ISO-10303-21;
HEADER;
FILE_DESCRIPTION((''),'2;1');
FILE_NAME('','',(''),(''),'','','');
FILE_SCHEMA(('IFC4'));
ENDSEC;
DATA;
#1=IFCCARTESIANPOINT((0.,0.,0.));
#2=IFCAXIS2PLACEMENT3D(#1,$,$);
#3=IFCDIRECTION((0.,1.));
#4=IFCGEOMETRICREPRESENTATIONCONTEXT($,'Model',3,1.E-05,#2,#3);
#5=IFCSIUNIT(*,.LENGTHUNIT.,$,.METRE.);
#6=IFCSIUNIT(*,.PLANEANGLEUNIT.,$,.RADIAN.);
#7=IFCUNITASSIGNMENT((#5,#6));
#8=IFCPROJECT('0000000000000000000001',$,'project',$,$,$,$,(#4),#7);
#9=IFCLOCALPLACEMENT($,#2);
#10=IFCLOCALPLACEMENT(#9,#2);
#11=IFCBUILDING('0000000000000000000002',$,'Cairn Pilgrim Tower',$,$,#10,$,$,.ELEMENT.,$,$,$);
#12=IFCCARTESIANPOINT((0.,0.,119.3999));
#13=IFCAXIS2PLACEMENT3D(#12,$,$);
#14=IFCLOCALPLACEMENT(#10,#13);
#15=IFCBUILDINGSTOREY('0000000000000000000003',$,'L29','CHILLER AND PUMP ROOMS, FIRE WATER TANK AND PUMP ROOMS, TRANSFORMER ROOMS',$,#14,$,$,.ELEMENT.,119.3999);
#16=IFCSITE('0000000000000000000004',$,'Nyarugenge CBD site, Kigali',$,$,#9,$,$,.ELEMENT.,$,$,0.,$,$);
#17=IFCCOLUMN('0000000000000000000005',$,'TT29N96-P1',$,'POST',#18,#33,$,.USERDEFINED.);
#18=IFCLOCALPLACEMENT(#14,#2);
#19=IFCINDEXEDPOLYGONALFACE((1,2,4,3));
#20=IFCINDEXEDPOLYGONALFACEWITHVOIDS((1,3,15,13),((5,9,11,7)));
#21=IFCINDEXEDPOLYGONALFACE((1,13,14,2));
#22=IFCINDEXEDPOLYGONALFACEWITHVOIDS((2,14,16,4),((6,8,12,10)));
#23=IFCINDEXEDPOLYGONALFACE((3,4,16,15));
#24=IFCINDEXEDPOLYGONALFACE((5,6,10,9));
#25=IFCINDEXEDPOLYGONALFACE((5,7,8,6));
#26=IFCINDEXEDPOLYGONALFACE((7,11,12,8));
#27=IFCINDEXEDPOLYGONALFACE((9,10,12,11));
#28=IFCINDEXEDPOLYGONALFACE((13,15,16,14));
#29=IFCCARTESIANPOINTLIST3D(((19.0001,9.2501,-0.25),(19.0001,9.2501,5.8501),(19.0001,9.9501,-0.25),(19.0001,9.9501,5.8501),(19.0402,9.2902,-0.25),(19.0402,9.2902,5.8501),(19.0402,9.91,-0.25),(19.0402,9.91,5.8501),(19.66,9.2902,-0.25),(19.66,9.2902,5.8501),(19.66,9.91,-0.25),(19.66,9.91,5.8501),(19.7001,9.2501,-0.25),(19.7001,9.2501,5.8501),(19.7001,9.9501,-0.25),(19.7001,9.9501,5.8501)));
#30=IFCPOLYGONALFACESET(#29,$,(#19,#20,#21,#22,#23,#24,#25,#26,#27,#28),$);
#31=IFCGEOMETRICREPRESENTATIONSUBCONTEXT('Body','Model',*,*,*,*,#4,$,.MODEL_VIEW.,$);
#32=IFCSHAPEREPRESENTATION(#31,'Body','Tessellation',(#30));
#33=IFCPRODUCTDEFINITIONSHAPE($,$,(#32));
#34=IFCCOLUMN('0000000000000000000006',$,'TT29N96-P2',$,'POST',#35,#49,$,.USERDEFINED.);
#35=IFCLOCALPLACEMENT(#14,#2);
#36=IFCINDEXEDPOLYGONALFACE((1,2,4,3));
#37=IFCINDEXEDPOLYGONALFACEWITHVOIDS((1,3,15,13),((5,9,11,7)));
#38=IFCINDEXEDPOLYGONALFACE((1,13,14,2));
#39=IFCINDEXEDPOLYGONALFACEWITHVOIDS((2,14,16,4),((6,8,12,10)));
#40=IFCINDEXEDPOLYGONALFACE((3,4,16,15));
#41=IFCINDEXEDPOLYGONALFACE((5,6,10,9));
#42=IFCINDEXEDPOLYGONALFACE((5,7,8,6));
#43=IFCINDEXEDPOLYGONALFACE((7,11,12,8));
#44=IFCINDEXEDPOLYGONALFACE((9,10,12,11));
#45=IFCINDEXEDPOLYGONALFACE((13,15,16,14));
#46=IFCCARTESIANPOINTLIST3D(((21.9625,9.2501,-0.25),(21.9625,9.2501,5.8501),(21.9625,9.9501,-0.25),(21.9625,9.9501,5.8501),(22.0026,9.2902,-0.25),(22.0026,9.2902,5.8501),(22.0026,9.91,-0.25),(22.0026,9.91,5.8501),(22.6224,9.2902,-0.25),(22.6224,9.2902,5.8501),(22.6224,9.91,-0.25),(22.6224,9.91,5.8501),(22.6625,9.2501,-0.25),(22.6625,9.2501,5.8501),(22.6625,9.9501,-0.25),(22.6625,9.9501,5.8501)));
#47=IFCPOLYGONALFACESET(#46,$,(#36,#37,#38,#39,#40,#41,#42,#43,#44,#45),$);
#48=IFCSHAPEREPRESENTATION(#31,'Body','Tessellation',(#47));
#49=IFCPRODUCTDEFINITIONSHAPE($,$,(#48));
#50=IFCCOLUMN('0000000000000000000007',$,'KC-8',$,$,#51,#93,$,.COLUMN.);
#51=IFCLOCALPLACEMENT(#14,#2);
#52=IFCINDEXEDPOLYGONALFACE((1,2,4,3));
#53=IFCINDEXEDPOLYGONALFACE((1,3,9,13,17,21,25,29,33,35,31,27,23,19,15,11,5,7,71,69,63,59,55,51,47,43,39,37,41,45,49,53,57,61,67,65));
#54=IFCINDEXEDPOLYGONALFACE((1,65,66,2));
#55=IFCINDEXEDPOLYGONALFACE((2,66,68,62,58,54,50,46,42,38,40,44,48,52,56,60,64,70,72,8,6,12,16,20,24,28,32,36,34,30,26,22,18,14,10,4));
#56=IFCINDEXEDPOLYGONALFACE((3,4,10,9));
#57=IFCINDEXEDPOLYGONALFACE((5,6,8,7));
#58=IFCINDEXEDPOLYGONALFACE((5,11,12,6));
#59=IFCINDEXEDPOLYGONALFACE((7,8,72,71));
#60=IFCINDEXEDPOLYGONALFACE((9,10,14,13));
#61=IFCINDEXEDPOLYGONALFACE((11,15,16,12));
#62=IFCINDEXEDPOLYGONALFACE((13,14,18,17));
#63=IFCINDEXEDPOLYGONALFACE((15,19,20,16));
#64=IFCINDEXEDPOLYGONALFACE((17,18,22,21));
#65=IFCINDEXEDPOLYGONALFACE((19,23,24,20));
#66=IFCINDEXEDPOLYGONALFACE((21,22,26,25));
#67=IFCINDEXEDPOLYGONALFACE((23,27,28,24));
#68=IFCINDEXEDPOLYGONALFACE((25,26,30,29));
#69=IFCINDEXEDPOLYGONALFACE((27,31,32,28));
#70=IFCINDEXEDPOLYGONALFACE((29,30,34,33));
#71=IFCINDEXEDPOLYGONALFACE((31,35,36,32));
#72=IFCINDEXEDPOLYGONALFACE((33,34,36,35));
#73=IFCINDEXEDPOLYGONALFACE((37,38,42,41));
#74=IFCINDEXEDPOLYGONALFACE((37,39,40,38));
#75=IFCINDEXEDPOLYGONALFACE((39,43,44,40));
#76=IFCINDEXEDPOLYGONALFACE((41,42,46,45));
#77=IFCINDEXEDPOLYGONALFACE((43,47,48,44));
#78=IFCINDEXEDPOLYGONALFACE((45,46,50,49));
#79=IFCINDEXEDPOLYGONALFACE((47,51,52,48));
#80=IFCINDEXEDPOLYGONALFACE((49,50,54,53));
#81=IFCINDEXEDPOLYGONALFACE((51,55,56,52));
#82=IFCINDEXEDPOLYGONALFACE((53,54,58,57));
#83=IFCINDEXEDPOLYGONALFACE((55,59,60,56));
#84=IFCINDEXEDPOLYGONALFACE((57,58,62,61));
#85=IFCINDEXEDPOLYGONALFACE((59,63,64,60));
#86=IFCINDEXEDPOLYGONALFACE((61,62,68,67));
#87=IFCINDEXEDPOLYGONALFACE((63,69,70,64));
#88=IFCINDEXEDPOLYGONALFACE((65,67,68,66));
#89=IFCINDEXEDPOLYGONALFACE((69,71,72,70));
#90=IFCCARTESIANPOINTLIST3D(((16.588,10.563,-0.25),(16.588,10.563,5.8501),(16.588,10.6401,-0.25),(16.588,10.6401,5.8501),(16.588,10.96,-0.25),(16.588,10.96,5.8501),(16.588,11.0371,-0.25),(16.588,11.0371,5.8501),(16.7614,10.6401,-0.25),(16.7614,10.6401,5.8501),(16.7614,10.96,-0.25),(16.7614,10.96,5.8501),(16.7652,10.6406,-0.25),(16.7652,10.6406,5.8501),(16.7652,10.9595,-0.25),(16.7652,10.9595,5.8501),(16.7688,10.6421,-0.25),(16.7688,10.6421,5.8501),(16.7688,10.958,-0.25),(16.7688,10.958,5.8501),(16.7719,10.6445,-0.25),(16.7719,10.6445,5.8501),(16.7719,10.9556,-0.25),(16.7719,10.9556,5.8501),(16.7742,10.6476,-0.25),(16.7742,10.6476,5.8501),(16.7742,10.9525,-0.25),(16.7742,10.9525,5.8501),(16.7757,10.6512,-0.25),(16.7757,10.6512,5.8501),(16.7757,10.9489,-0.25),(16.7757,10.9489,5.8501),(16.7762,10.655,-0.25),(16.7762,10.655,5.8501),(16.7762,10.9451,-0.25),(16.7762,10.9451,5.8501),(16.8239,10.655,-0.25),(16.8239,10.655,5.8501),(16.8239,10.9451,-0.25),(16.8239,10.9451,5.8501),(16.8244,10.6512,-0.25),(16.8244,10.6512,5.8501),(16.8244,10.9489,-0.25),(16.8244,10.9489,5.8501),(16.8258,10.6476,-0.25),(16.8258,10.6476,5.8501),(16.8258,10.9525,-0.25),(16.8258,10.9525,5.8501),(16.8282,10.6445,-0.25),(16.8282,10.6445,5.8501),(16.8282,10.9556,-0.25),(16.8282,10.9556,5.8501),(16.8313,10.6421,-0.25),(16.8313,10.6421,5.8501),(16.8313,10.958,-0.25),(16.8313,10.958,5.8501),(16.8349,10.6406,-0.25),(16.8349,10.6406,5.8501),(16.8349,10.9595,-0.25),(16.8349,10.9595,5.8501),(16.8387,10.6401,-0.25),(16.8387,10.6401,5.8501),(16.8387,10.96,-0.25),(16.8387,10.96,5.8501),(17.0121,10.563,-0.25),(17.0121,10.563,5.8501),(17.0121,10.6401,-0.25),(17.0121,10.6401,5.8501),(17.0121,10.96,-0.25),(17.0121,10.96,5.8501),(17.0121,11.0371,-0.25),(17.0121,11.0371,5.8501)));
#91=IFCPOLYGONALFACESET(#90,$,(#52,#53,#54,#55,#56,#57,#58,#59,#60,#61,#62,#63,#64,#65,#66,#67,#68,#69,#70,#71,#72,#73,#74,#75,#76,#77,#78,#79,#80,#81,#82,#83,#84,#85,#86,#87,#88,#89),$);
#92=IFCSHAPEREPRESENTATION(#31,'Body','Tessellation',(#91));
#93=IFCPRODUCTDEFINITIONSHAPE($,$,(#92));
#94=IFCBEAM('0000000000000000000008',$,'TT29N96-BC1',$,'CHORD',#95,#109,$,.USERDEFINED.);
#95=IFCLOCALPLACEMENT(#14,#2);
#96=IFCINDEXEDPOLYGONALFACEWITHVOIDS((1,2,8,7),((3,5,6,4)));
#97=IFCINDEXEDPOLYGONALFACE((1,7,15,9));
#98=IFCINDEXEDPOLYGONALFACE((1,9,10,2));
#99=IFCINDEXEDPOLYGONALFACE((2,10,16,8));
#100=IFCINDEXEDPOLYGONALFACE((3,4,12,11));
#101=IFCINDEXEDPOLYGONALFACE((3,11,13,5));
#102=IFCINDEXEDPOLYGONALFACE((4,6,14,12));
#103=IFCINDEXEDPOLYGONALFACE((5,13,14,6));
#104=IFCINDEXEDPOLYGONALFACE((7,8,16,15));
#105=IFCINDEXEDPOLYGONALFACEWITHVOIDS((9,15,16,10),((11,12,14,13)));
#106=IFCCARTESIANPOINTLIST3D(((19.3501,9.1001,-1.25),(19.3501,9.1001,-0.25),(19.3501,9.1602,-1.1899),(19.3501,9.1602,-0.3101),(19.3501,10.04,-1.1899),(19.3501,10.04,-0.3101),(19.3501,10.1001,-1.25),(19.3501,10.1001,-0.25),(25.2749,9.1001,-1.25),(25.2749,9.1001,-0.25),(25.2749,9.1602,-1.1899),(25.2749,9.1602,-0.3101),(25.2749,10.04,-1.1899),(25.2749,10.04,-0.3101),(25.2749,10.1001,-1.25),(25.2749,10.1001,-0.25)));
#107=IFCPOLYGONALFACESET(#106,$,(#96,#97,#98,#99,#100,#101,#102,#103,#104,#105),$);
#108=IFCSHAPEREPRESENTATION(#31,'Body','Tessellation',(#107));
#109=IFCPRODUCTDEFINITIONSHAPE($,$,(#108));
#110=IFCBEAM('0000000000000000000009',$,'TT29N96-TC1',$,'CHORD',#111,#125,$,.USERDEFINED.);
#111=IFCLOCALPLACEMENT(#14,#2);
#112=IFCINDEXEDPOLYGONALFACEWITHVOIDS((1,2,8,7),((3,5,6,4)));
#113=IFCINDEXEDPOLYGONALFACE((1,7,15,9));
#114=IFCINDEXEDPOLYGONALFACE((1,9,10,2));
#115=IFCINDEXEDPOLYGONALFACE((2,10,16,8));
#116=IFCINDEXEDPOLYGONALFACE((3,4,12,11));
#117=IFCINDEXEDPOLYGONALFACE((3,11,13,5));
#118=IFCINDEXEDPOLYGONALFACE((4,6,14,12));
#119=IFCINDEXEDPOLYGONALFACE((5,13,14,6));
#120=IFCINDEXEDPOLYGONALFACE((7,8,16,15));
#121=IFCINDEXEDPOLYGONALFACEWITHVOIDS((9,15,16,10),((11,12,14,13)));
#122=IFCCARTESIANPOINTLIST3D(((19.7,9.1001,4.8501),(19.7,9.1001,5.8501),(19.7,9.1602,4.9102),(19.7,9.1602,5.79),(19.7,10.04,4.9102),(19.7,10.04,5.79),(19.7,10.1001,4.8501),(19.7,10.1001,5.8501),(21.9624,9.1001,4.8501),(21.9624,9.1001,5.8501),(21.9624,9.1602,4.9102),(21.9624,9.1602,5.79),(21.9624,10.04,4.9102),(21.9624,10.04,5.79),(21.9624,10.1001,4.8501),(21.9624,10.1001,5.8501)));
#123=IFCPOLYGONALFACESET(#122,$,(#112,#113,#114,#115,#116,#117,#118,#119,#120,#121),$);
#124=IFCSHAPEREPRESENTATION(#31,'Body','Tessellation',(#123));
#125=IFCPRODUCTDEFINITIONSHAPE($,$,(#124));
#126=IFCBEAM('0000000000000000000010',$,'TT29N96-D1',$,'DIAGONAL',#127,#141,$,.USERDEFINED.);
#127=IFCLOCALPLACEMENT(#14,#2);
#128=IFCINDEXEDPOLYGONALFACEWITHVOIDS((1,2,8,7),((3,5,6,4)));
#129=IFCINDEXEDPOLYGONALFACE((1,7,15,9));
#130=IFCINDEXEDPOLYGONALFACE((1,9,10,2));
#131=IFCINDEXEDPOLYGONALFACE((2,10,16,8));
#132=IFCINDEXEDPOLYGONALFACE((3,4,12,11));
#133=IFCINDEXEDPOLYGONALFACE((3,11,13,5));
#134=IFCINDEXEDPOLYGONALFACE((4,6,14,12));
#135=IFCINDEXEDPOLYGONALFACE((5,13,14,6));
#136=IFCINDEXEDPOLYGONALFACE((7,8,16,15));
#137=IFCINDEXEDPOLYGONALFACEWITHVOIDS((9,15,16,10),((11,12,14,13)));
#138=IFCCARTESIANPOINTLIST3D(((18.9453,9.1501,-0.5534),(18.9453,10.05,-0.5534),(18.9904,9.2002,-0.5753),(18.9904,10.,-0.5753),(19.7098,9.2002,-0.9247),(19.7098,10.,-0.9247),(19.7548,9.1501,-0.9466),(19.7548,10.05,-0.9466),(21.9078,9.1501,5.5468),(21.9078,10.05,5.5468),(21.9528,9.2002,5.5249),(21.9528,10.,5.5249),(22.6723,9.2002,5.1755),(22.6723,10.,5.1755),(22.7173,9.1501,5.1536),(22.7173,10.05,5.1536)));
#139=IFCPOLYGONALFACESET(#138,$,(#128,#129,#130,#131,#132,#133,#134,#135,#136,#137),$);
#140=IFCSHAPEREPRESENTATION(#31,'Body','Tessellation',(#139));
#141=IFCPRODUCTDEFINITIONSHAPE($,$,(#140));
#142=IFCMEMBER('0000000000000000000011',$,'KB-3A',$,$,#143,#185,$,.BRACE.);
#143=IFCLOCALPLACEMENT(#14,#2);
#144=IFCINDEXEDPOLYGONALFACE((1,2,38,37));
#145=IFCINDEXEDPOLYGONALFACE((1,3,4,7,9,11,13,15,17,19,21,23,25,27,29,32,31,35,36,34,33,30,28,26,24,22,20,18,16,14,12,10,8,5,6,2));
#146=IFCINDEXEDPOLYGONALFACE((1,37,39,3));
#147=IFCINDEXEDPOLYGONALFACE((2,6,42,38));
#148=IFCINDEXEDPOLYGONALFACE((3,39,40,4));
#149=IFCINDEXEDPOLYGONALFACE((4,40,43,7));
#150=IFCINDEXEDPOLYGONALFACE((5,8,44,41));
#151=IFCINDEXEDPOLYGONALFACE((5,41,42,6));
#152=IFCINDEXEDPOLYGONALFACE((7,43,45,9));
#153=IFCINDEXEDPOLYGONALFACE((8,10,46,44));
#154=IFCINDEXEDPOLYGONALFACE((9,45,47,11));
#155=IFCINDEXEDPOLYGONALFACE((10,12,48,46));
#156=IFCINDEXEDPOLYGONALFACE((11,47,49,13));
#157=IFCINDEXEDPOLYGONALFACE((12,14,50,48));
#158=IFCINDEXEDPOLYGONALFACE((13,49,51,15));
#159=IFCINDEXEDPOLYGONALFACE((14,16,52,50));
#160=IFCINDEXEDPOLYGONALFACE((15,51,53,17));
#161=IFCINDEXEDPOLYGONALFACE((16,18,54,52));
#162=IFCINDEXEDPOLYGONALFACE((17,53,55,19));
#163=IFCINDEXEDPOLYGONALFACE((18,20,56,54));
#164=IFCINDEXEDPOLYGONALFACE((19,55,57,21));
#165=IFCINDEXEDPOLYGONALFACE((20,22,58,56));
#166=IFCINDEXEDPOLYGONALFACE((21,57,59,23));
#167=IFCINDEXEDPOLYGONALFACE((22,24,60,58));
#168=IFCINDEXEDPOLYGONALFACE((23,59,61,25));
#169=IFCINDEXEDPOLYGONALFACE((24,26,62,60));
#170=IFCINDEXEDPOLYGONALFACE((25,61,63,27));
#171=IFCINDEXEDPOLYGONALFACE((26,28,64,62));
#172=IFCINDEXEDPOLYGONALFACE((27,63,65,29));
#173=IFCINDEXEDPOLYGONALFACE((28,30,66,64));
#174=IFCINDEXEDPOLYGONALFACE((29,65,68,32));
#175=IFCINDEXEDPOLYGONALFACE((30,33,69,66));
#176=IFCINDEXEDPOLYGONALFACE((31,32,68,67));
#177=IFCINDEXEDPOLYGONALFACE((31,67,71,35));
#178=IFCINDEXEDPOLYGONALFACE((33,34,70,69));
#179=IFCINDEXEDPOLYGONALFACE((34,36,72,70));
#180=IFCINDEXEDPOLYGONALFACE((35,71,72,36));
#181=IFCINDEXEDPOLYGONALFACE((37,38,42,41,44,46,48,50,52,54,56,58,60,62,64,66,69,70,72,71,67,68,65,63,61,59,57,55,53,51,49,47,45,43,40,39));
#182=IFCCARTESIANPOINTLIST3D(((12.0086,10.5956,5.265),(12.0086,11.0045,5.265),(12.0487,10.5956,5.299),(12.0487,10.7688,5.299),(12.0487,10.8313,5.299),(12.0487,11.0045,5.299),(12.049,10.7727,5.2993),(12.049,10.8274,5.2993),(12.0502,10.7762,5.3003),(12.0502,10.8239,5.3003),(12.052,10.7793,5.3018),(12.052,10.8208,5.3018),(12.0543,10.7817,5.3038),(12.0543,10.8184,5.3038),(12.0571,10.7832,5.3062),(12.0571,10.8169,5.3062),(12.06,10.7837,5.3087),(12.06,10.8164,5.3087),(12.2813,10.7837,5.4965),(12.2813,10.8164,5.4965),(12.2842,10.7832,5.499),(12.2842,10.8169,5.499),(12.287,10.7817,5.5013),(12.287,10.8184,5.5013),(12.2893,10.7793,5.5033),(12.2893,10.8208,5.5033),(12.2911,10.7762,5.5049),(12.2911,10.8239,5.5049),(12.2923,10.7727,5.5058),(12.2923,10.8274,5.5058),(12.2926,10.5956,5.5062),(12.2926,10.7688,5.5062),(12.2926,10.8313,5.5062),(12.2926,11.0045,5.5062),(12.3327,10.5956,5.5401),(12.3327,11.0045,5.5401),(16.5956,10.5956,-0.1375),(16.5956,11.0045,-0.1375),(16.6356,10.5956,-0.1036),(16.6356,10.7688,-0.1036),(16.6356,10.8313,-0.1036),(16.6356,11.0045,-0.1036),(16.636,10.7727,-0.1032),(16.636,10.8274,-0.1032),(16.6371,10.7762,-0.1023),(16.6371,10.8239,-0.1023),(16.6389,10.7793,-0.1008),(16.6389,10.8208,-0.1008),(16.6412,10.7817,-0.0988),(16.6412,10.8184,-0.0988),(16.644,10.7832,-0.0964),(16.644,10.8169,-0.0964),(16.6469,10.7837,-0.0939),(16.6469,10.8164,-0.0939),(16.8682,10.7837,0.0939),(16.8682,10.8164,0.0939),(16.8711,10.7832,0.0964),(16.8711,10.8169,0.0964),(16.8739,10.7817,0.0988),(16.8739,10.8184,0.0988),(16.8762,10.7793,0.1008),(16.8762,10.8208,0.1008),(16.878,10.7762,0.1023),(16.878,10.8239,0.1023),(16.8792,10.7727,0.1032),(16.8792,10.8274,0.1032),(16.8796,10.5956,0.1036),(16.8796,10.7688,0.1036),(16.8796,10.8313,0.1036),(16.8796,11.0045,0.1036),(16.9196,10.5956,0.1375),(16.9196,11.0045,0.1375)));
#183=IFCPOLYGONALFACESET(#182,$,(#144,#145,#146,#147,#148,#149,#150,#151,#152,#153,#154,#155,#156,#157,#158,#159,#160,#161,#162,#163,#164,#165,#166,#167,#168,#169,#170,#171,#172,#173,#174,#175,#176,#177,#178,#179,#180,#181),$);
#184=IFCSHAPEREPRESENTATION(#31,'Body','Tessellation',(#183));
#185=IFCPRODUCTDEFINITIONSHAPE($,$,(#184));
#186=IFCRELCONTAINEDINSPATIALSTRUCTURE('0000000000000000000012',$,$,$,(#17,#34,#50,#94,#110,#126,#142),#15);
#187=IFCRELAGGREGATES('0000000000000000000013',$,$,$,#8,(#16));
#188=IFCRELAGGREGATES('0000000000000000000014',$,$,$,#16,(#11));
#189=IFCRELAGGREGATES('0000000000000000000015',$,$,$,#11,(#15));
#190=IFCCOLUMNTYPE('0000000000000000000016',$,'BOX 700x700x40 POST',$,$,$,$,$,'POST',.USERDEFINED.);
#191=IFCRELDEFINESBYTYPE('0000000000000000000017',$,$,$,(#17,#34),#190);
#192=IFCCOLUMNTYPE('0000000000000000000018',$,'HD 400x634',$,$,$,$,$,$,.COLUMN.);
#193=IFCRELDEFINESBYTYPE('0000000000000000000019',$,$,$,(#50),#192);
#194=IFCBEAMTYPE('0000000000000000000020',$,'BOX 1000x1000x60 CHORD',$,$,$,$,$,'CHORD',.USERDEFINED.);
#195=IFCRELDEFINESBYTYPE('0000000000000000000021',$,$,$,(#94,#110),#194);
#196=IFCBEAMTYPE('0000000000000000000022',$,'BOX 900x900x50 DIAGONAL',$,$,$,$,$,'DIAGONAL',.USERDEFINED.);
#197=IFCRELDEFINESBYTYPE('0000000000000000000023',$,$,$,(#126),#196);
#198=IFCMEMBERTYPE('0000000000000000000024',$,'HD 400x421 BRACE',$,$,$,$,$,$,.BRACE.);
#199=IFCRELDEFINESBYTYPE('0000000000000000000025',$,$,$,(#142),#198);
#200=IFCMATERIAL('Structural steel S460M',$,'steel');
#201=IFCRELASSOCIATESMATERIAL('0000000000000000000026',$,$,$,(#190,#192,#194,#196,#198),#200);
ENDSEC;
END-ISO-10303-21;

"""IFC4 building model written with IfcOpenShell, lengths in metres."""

from ifc_helpers import new_model, si_unit, direction, frame, origin, origin_2d, place, context, subcontext, project, spatial, hollow_rectangle, i_section, extrude, material, material_profile, profile_set, type_object, element, save


model = new_model("IFC4")

# Units and contexts
model_context = context("Model", 3, precision=1e-05, world=origin(), true_north=direction((0.0, 1.0)))
body_context = subcontext(model_context, "Body", "Model", "MODEL_VIEW")
ifc_project = project(units=[si_unit("LENGTHUNIT", "METRE"), si_unit("PLANEANGLEUNIT", "RADIAN")], contexts=[model_context])

# Site, building, storey
site_placement = place(None, origin())
site = spatial("IfcSite", under=ifc_project, at=site_placement, Name="Nyarugenge CBD site, Kigali", CompositionType="ELEMENT", RefElevation=0.0)
building_placement = place(site_placement, origin())
building = spatial("IfcBuilding", under=site, at=building_placement, Name="Cairn Pilgrim Tower", CompositionType="ELEMENT")
storey_placement = place(building_placement, frame((0.0, 0.0, 119.3999)))
storey = spatial("IfcBuildingStorey", under=building, at=storey_placement, Name="L29", Description="CHILLER AND PUMP ROOMS, FIRE WATER TANK AND PUMP ROOMS, TRANSFORMER ROOMS", CompositionType="ELEMENT", Elevation=119.3999)

# Columns
ifc_material_1 = material(Name="Structural steel S460M", Category="steel")
ifc_material_profile_1 = material_profile(ifc_material_1, hollow_rectangle(XDim=0.7, YDim=0.7, WallThickness=0.04, at=origin_2d()), Name="BOX 700x700x40")
ifc_profile_set_1 = profile_set([ifc_material_profile_1], Name="Structural steel S460M")
column_type_1 = type_object("IfcColumnType", Name="BOX 700x700x40 POST", ElementType="POST", PredefinedType="USERDEFINED", material=ifc_profile_set_1)
for number, where, z_axis, x_axis, name in (
    (1, (19.3501, 9.6001, -0.25), (0.0, 0.0, 1.0), (1.0, 0.0, 0.0), "TT29N96-P1"),
    (2, (22.3125, 9.6001, -0.25), (0.0, 0.0, 1.0), (1.0, 0.0, 0.0), "TT29N96-P2"),
):
    element("IfcColumn", number, at=place(storey_placement, frame(where, z_axis=z_axis, x_axis=x_axis)), inside=storey, type_object=column_type_1, Name=name, ObjectType="POST", PredefinedType="USERDEFINED", context=body_context, shape_type="SweptSolid", body=[
        extrude(hollow_rectangle(XDim=0.7, YDim=0.7, WallThickness=0.04, at=origin_2d()), origin(), (0.0, 0.0, 1.0), 6.1001),
    ])
ifc_material_profile_2 = material_profile(ifc_material_1, i_section(OverallWidth=0.4241, OverallDepth=0.4741, WebThickness=0.0476, FlangeThickness=0.0771, FilletRadius=0.0149, at=origin_2d()), Name="HD 400x634")
ifc_profile_set_2 = profile_set([ifc_material_profile_2], Name="Structural steel S460M")
column_type_2 = type_object("IfcColumnType", Name="HD 400x634", PredefinedType="COLUMN", material=ifc_profile_set_2)
column_placement = place(storey_placement, frame((16.8, 10.8, -0.25), z_axis=(0.0, 0.0, 1.0), x_axis=(1.0, 0.0, 0.0)))
element("IfcColumn", 3, at=column_placement, inside=storey, type_object=column_type_2, Name="KC-8", PredefinedType="COLUMN", context=body_context, shape_type="SweptSolid", body=[
    extrude(i_section(OverallWidth=0.4241, OverallDepth=0.4741, WebThickness=0.0476, FlangeThickness=0.0771, FilletRadius=0.0149, at=origin_2d()), origin(), (0.0, 0.0, 1.0), 6.1001),
])

# Beams
ifc_material_profile_3 = material_profile(ifc_material_1, hollow_rectangle(XDim=1.0, YDim=1.0, WallThickness=0.0601, at=origin_2d()), Name="BOX 1000x1000x60")
ifc_profile_set_3 = profile_set([ifc_material_profile_3], Name="Structural steel S460M")
beam_type_1 = type_object("IfcBeamType", Name="BOX 1000x1000x60 CHORD", ElementType="CHORD", PredefinedType="USERDEFINED", material=ifc_profile_set_3)
beam_1_placement = place(storey_placement, frame((19.3501, 9.6001, -0.75), z_axis=(1.0, 0.0, 0.0), x_axis=(0.0, 1.0, 0.0)))
element("IfcBeam", 4, at=beam_1_placement, inside=storey, type_object=beam_type_1, Name="TT29N96-BC1", ObjectType="CHORD", PredefinedType="USERDEFINED", context=body_context, shape_type="SweptSolid", body=[
    extrude(hollow_rectangle(XDim=1.0, YDim=1.0, WallThickness=0.0601, at=origin_2d()), origin(), (0.0, 0.0, 1.0), 5.9248),
])
beam_2_placement = place(storey_placement, frame((19.7, 9.6001, 5.3501), z_axis=(1.0, 0.0, 0.0), x_axis=(0.0, 1.0, 0.0)))
element("IfcBeam", 5, at=beam_2_placement, inside=storey, type_object=beam_type_1, Name="TT29N96-TC1", ObjectType="CHORD", PredefinedType="USERDEFINED", context=body_context, shape_type="SweptSolid", body=[
    extrude(hollow_rectangle(XDim=1.0, YDim=1.0, WallThickness=0.0601, at=origin_2d()), origin(), (0.0, 0.0, 1.0), 2.2625),
])
ifc_material_profile_4 = material_profile(ifc_material_1, hollow_rectangle(XDim=0.8999, YDim=0.8999, WallThickness=0.05, at=origin_2d()), Name="BOX 900x900x50")
ifc_profile_set_4 = profile_set([ifc_material_profile_4], Name="Structural steel S460M")
beam_type_2 = type_object("IfcBeamType", Name="BOX 900x900x50 DIAGONAL", ElementType="DIAGONAL", PredefinedType="USERDEFINED", material=ifc_profile_set_4)
beam_3_placement = place(storey_placement, frame((19.3501, 9.6001, -0.75), z_axis=(0.436844, 0.0, 0.899537), x_axis=(0.0, 1.0, 0.0)))
element("IfcBeam", 6, at=beam_3_placement, inside=storey, type_object=beam_type_2, Name="TT29N96-D1", ObjectType="DIAGONAL", PredefinedType="USERDEFINED", context=body_context, shape_type="SweptSolid", body=[
    extrude(hollow_rectangle(XDim=0.8999, YDim=0.8999, WallThickness=0.05, at=origin_2d()), origin(), (0.0, 0.0, 1.0), 6.7815),
])

# Member
ifc_material_profile_5 = material_profile(ifc_material_1, i_section(OverallWidth=0.4089, OverallDepth=0.425, WebThickness=0.0327, FlangeThickness=0.0525, FilletRadius=0.0149, at=origin_2d()), Name="HD 400x421")
ifc_profile_set_5 = profile_set([ifc_material_profile_5], Name="Structural steel S460M")
member_type = type_object("IfcMemberType", Name="HD 400x421 BRACE", PredefinedType="BRACE", material=ifc_profile_set_5)
member_placement = place(storey_placement, frame((16.7576, 10.8, 0.0), z_axis=(-0.647215, 0.0, 0.762307), x_axis=(0.0, -1.0, 0.0)))
element("IfcMember", 7, at=member_placement, inside=storey, type_object=member_type, Name="KB-3A", PredefinedType="BRACE", context=body_context, shape_type="SweptSolid", body=[
    extrude(i_section(OverallWidth=0.4089, OverallDepth=0.425, WebThickness=0.0327, FlangeThickness=0.0525, FilletRadius=0.0149, at=origin_2d()), origin(), (0.0, 0.0, 1.0), 7.0872),
])

save(model, "model.ifc")
